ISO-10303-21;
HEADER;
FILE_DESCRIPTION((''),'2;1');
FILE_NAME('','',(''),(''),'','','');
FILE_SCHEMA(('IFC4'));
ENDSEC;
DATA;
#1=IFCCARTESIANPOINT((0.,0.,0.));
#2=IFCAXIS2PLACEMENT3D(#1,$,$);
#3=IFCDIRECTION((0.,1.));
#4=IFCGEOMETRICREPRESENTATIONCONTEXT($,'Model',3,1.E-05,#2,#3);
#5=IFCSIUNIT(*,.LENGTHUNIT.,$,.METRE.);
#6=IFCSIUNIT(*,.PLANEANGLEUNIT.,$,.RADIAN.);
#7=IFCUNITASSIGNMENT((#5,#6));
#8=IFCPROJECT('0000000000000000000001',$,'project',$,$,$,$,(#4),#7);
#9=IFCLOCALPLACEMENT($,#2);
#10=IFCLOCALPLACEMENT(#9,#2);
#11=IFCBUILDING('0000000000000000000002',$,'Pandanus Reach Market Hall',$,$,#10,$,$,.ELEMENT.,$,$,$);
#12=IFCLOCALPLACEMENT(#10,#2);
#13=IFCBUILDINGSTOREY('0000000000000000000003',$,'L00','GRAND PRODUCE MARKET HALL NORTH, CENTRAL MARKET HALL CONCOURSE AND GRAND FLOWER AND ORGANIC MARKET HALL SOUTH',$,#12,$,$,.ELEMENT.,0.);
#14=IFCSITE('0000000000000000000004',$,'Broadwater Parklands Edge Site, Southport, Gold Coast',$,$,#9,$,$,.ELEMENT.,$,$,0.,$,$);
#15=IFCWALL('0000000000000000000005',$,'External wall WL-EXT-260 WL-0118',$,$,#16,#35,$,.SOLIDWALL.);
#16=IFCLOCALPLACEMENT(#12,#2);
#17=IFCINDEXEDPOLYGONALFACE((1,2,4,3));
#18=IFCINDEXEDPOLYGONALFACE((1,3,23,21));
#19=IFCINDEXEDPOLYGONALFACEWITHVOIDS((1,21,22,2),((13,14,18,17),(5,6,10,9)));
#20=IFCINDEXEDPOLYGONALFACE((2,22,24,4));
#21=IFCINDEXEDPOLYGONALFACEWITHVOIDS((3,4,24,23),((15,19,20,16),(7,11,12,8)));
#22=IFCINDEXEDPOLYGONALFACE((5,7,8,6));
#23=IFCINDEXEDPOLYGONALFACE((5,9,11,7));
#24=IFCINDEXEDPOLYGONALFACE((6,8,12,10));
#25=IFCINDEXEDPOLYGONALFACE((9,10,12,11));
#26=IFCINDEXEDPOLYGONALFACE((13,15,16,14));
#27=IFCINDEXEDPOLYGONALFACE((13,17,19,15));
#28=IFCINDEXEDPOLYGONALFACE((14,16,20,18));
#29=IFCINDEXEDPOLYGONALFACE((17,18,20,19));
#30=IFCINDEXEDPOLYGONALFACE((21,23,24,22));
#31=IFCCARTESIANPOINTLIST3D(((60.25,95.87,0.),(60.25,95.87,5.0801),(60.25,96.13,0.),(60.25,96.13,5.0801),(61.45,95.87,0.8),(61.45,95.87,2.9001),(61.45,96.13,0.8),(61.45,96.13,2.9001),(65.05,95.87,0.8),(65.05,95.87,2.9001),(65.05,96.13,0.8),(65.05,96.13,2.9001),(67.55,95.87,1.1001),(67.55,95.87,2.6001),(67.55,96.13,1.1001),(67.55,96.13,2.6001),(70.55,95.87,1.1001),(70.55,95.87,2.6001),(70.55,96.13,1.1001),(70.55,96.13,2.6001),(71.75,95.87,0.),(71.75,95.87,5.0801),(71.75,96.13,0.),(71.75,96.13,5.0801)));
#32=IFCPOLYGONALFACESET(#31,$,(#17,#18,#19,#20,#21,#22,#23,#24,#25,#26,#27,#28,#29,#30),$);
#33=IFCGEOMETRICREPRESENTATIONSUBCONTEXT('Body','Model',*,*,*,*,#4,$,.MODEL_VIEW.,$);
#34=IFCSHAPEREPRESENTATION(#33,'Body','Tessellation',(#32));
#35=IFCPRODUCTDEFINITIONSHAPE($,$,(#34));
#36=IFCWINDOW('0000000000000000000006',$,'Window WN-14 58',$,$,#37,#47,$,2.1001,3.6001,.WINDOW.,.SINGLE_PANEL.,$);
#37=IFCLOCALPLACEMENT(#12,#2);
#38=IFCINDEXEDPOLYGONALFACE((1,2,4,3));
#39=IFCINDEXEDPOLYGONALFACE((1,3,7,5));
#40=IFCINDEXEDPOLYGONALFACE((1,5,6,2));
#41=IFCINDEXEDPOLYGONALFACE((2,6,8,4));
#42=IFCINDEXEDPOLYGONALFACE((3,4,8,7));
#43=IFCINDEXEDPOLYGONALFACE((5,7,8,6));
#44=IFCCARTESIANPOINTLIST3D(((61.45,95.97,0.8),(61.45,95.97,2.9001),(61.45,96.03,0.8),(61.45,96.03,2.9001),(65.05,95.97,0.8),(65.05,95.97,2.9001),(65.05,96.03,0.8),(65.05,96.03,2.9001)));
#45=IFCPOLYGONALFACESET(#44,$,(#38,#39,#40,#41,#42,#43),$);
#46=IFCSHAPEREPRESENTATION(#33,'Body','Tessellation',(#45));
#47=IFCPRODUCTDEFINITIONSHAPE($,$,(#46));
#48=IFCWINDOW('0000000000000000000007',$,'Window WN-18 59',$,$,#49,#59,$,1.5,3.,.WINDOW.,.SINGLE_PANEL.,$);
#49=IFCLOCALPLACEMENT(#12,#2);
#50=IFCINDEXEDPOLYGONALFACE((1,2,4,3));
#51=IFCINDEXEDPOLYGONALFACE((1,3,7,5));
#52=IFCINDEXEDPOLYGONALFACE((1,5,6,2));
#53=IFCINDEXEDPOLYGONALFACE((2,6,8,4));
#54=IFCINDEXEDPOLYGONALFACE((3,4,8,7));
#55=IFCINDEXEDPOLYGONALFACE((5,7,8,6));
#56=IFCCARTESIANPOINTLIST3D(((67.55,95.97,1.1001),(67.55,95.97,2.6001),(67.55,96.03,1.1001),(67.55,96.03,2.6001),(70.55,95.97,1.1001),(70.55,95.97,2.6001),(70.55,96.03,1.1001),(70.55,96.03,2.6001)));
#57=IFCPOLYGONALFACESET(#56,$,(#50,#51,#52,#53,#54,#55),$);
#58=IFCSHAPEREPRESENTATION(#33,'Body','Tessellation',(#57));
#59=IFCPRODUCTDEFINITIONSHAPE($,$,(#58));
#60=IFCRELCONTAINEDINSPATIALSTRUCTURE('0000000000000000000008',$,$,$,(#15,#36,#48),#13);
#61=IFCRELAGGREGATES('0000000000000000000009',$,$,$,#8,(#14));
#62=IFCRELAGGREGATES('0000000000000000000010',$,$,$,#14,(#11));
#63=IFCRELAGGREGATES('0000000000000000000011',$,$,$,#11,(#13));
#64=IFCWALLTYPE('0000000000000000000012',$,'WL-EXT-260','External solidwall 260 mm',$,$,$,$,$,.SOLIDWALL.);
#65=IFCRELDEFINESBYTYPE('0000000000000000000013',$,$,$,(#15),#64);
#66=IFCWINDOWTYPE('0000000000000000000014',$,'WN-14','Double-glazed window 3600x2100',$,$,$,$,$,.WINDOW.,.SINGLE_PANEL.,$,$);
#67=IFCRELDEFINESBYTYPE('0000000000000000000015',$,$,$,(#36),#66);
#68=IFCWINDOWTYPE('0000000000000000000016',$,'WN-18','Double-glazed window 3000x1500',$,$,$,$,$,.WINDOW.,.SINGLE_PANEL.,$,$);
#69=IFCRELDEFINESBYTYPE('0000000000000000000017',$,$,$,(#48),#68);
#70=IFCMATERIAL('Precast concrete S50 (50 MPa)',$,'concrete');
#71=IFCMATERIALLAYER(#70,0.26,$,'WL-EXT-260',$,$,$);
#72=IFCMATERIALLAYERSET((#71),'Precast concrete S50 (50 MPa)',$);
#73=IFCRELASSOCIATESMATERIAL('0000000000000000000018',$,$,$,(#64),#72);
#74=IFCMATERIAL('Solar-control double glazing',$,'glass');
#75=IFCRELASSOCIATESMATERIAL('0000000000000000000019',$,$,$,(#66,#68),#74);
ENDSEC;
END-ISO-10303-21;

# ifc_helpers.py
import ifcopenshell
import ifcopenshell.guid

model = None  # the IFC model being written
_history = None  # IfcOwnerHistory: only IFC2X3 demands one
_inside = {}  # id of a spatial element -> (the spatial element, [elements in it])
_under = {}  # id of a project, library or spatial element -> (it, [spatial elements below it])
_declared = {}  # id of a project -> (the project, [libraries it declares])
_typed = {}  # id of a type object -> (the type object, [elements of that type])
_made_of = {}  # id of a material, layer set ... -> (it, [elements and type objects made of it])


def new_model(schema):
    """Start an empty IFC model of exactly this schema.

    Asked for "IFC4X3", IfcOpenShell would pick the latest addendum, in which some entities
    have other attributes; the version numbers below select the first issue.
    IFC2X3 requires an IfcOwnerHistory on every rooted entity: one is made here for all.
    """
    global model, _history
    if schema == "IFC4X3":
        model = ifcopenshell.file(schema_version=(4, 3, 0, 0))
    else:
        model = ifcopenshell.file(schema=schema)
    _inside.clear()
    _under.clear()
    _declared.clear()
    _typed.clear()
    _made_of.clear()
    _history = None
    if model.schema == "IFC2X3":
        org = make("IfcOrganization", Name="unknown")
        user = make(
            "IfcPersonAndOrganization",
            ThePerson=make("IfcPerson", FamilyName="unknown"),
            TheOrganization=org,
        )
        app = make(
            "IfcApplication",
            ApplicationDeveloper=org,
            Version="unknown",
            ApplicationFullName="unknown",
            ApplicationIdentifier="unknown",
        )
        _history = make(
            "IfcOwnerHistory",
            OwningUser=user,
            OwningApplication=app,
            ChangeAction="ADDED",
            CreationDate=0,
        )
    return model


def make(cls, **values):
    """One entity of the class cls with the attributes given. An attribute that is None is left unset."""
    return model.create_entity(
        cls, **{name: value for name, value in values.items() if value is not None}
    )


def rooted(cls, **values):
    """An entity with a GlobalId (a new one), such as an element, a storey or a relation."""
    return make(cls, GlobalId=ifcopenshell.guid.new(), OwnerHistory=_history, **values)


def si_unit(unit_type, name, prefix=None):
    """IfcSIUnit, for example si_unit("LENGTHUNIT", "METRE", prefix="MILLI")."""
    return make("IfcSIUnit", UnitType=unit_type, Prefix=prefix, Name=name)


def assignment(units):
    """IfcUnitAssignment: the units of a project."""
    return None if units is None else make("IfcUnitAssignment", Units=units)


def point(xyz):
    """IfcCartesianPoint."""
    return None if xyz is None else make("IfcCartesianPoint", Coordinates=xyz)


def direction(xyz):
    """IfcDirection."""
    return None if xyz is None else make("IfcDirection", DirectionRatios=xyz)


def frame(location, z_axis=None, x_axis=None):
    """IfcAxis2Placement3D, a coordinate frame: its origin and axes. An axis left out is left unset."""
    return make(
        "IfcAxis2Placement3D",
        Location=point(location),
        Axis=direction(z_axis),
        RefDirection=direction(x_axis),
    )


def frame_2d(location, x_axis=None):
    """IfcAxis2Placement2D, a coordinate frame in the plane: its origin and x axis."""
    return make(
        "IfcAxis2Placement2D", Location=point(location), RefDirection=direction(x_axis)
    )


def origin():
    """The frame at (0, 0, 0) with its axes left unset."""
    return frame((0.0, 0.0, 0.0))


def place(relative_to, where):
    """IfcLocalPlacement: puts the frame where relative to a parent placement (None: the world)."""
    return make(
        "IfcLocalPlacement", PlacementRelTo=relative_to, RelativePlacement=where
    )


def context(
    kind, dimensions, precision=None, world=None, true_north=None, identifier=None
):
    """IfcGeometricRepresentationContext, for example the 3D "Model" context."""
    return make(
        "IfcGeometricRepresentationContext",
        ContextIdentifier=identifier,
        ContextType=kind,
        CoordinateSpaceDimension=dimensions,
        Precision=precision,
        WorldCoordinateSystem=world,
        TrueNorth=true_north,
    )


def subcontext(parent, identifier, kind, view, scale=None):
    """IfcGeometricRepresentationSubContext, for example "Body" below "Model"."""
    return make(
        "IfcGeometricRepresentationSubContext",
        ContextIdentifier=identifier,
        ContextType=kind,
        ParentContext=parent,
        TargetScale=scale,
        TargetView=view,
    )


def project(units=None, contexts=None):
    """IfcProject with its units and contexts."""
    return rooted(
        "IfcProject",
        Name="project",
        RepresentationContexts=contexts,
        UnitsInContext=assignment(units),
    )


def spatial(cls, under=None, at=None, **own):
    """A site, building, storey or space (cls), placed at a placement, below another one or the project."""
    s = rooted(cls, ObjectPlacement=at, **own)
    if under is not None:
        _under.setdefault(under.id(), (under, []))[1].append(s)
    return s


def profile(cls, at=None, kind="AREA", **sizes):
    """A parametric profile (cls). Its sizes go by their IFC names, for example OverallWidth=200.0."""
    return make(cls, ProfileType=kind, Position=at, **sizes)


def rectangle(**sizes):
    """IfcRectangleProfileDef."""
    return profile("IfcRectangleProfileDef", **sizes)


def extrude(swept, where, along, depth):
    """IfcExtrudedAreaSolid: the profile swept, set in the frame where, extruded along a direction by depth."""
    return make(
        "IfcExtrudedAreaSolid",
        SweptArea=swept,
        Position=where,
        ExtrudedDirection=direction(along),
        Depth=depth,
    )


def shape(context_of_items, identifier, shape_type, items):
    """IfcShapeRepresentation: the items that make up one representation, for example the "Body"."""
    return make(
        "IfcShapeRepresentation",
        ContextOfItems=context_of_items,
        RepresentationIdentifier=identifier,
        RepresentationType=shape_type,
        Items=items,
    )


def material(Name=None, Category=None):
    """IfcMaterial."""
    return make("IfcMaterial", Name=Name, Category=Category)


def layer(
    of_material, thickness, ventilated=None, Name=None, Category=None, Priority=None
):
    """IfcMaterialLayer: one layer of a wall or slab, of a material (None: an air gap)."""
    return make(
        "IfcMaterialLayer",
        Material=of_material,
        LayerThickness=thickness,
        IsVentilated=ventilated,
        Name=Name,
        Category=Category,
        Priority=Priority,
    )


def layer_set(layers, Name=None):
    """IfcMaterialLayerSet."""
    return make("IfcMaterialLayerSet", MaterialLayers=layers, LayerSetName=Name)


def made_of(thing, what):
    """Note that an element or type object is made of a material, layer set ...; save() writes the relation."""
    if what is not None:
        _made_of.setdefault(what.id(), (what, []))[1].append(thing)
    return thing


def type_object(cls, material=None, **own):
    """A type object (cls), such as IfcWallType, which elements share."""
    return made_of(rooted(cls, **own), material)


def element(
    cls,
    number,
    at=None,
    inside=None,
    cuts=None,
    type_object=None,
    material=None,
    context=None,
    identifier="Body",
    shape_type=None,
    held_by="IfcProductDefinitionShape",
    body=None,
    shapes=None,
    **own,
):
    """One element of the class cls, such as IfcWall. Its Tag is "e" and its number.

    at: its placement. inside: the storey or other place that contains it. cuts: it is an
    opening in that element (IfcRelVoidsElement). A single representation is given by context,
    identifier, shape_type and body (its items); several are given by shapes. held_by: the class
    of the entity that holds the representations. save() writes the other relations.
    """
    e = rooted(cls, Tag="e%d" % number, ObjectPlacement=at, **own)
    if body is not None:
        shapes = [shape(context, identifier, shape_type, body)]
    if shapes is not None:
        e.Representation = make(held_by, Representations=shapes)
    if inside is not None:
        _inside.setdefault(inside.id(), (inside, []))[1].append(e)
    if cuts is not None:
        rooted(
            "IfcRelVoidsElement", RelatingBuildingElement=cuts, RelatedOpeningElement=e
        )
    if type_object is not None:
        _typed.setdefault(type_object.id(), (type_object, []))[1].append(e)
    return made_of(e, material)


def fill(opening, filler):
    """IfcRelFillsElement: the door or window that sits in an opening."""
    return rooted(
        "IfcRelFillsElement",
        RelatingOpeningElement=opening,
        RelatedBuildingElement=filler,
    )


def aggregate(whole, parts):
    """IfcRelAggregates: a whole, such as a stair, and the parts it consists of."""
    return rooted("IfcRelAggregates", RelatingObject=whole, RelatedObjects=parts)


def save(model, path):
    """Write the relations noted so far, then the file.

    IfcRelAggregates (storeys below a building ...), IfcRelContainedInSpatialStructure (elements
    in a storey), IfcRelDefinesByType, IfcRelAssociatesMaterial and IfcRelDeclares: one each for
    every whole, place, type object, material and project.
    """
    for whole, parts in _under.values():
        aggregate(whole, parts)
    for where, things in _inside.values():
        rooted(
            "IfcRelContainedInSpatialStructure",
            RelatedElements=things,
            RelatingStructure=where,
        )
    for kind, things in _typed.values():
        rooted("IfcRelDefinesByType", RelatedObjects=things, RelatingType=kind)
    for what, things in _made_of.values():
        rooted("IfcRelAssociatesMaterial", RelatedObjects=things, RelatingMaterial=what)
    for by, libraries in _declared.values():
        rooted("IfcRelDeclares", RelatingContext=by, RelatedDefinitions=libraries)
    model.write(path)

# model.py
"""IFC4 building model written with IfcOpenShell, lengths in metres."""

from ifc_helpers import new_model, si_unit, direction, frame, frame_2d, origin, place, context, subcontext, project, spatial, rectangle, extrude, material, layer, layer_set, type_object, element, fill, save


model = new_model("IFC4")

# Units and contexts
model_context = context("Model", 3, precision=1e-05, world=origin(), true_north=direction((0.0, 1.0)))
body_context = subcontext(model_context, "Body", "Model", "MODEL_VIEW")
ifc_project = project(units=[si_unit("LENGTHUNIT", "METRE"), si_unit("PLANEANGLEUNIT", "RADIAN")], contexts=[model_context])

# Site, building, storey
site_placement = place(None, origin())
site = spatial("IfcSite", under=ifc_project, at=site_placement, Name="Broadwater Parklands Edge Site, Southport, Gold Coast", CompositionType="ELEMENT", RefElevation=0.0)
building_placement = place(site_placement, origin())
building = spatial("IfcBuilding", under=site, at=building_placement, Name="Pandanus Reach Market Hall", CompositionType="ELEMENT")
storey_placement = place(building_placement, origin())
storey = spatial("IfcBuildingStorey", under=building, at=storey_placement, Name="L00", Description="GRAND PRODUCE MARKET HALL NORTH, CENTRAL MARKET HALL CONCOURSE AND GRAND FLOWER AND ORGANIC MARKET HALL SOUTH", CompositionType="ELEMENT", Elevation=0.0)

# Shared definitions
ifc_material_1 = material(Name="Precast concrete S50 (50 MPa)", Category="concrete")

# Shared definitions
ifc_layer_1 = layer(ifc_material_1, 0.26, Name="WL-EXT-260")
ifc_layer_set_1 = layer_set([ifc_layer_1], Name="Precast concrete S50 (50 MPa)")
wall_type = type_object("IfcWallType", Name="WL-EXT-260", Description="External solidwall 260 mm", PredefinedType="SOLIDWALL", material=ifc_layer_set_1)
ifc_material_2 = material(Name="Solar-control double glazing", Category="glass")

# Wall, openings, windows
wall_1_placement = place(storey_placement, frame((60.25, 96.0, 0.0), z_axis=(0.0, 0.0, 1.0), x_axis=(1.0, 0.0, 0.0)))
wall_1 = element("IfcWall", 1, at=wall_1_placement, inside=storey, type_object=wall_type, Name="External wall WL-EXT-260 WL-0118", PredefinedType="SOLIDWALL", context=body_context, shape_type="SweptSolid", body=[
    extrude(rectangle(XDim=11.5, YDim=0.26, at=frame_2d((5.75, 0.0))), origin(), (0.0, 0.0, 1.0), 5.0801),
])
opening_1_placement = place(wall_1_placement, frame((1.2, 0.0, 0.8)))
opening_1 = element("IfcOpeningElement", 2, at=opening_1_placement, cuts=wall_1, PredefinedType="OPENING", context=body_context, shape_type="SweptSolid", body=[
    extrude(rectangle(XDim=3.6001, YDim=2.1001, at=frame_2d((1.8, 1.05))), frame((0.0, 0.145, 0.0), z_axis=(0.0, -1.0, 0.0), x_axis=(1.0, 0.0, 0.0)), (0.0, 0.0, 1.0), 0.29),
])
opening_2_placement = place(wall_1_placement, frame((7.3, 0.0, 1.1001)))
opening_2 = element("IfcOpeningElement", 3, at=opening_2_placement, cuts=wall_1, PredefinedType="OPENING", context=body_context, shape_type="SweptSolid", body=[
    extrude(rectangle(XDim=3.0, YDim=1.5, at=frame_2d((1.5, 0.75))), frame((0.0, 0.145, 0.0), z_axis=(0.0, -1.0, 0.0), x_axis=(1.0, 0.0, 0.0)), (0.0, 0.0, 1.0), 0.29),
])
window_type_1 = type_object("IfcWindowType", Name="WN-14", Description="Double-glazed window 3600x2100", PartitioningType="SINGLE_PANEL", PredefinedType="WINDOW", material=ifc_material_2)
window_1_placement = place(opening_1_placement, origin())
window_1 = element("IfcWindow", 4, at=window_1_placement, inside=storey, type_object=window_type_1, Name="Window WN-14 58", OverallHeight=2.1001, OverallWidth=3.6001, PartitioningType="SINGLE_PANEL", PredefinedType="WINDOW", context=body_context, shape_type="SweptSolid", body=[
    extrude(rectangle(XDim=3.6001, YDim=2.1001, at=frame_2d((1.8, 1.05))), frame((0.0, 0.03, 0.0), z_axis=(0.0, -1.0, 0.0), x_axis=(1.0, 0.0, 0.0)), (0.0, 0.0, 1.0), 0.0601),
])
fill(opening_1, window_1)
window_type_2 = type_object("IfcWindowType", Name="WN-18", Description="Double-glazed window 3000x1500", PartitioningType="SINGLE_PANEL", PredefinedType="WINDOW", material=ifc_material_2)
window_2_placement = place(opening_2_placement, origin())
window_2 = element("IfcWindow", 5, at=window_2_placement, inside=storey, type_object=window_type_2, Name="Window WN-18 59", OverallHeight=1.5, OverallWidth=3.0, PartitioningType="SINGLE_PANEL", PredefinedType="WINDOW", context=body_context, shape_type="SweptSolid", body=[
    extrude(rectangle(XDim=3.0, YDim=1.5, at=frame_2d((1.5, 0.75))), frame((0.0, 0.03, 0.0), z_axis=(0.0, -1.0, 0.0), x_axis=(1.0, 0.0, 0.0)), (0.0, 0.0, 1.0), 0.0601),
])
fill(opening_2, window_2)

save(model, "model.ifc")
